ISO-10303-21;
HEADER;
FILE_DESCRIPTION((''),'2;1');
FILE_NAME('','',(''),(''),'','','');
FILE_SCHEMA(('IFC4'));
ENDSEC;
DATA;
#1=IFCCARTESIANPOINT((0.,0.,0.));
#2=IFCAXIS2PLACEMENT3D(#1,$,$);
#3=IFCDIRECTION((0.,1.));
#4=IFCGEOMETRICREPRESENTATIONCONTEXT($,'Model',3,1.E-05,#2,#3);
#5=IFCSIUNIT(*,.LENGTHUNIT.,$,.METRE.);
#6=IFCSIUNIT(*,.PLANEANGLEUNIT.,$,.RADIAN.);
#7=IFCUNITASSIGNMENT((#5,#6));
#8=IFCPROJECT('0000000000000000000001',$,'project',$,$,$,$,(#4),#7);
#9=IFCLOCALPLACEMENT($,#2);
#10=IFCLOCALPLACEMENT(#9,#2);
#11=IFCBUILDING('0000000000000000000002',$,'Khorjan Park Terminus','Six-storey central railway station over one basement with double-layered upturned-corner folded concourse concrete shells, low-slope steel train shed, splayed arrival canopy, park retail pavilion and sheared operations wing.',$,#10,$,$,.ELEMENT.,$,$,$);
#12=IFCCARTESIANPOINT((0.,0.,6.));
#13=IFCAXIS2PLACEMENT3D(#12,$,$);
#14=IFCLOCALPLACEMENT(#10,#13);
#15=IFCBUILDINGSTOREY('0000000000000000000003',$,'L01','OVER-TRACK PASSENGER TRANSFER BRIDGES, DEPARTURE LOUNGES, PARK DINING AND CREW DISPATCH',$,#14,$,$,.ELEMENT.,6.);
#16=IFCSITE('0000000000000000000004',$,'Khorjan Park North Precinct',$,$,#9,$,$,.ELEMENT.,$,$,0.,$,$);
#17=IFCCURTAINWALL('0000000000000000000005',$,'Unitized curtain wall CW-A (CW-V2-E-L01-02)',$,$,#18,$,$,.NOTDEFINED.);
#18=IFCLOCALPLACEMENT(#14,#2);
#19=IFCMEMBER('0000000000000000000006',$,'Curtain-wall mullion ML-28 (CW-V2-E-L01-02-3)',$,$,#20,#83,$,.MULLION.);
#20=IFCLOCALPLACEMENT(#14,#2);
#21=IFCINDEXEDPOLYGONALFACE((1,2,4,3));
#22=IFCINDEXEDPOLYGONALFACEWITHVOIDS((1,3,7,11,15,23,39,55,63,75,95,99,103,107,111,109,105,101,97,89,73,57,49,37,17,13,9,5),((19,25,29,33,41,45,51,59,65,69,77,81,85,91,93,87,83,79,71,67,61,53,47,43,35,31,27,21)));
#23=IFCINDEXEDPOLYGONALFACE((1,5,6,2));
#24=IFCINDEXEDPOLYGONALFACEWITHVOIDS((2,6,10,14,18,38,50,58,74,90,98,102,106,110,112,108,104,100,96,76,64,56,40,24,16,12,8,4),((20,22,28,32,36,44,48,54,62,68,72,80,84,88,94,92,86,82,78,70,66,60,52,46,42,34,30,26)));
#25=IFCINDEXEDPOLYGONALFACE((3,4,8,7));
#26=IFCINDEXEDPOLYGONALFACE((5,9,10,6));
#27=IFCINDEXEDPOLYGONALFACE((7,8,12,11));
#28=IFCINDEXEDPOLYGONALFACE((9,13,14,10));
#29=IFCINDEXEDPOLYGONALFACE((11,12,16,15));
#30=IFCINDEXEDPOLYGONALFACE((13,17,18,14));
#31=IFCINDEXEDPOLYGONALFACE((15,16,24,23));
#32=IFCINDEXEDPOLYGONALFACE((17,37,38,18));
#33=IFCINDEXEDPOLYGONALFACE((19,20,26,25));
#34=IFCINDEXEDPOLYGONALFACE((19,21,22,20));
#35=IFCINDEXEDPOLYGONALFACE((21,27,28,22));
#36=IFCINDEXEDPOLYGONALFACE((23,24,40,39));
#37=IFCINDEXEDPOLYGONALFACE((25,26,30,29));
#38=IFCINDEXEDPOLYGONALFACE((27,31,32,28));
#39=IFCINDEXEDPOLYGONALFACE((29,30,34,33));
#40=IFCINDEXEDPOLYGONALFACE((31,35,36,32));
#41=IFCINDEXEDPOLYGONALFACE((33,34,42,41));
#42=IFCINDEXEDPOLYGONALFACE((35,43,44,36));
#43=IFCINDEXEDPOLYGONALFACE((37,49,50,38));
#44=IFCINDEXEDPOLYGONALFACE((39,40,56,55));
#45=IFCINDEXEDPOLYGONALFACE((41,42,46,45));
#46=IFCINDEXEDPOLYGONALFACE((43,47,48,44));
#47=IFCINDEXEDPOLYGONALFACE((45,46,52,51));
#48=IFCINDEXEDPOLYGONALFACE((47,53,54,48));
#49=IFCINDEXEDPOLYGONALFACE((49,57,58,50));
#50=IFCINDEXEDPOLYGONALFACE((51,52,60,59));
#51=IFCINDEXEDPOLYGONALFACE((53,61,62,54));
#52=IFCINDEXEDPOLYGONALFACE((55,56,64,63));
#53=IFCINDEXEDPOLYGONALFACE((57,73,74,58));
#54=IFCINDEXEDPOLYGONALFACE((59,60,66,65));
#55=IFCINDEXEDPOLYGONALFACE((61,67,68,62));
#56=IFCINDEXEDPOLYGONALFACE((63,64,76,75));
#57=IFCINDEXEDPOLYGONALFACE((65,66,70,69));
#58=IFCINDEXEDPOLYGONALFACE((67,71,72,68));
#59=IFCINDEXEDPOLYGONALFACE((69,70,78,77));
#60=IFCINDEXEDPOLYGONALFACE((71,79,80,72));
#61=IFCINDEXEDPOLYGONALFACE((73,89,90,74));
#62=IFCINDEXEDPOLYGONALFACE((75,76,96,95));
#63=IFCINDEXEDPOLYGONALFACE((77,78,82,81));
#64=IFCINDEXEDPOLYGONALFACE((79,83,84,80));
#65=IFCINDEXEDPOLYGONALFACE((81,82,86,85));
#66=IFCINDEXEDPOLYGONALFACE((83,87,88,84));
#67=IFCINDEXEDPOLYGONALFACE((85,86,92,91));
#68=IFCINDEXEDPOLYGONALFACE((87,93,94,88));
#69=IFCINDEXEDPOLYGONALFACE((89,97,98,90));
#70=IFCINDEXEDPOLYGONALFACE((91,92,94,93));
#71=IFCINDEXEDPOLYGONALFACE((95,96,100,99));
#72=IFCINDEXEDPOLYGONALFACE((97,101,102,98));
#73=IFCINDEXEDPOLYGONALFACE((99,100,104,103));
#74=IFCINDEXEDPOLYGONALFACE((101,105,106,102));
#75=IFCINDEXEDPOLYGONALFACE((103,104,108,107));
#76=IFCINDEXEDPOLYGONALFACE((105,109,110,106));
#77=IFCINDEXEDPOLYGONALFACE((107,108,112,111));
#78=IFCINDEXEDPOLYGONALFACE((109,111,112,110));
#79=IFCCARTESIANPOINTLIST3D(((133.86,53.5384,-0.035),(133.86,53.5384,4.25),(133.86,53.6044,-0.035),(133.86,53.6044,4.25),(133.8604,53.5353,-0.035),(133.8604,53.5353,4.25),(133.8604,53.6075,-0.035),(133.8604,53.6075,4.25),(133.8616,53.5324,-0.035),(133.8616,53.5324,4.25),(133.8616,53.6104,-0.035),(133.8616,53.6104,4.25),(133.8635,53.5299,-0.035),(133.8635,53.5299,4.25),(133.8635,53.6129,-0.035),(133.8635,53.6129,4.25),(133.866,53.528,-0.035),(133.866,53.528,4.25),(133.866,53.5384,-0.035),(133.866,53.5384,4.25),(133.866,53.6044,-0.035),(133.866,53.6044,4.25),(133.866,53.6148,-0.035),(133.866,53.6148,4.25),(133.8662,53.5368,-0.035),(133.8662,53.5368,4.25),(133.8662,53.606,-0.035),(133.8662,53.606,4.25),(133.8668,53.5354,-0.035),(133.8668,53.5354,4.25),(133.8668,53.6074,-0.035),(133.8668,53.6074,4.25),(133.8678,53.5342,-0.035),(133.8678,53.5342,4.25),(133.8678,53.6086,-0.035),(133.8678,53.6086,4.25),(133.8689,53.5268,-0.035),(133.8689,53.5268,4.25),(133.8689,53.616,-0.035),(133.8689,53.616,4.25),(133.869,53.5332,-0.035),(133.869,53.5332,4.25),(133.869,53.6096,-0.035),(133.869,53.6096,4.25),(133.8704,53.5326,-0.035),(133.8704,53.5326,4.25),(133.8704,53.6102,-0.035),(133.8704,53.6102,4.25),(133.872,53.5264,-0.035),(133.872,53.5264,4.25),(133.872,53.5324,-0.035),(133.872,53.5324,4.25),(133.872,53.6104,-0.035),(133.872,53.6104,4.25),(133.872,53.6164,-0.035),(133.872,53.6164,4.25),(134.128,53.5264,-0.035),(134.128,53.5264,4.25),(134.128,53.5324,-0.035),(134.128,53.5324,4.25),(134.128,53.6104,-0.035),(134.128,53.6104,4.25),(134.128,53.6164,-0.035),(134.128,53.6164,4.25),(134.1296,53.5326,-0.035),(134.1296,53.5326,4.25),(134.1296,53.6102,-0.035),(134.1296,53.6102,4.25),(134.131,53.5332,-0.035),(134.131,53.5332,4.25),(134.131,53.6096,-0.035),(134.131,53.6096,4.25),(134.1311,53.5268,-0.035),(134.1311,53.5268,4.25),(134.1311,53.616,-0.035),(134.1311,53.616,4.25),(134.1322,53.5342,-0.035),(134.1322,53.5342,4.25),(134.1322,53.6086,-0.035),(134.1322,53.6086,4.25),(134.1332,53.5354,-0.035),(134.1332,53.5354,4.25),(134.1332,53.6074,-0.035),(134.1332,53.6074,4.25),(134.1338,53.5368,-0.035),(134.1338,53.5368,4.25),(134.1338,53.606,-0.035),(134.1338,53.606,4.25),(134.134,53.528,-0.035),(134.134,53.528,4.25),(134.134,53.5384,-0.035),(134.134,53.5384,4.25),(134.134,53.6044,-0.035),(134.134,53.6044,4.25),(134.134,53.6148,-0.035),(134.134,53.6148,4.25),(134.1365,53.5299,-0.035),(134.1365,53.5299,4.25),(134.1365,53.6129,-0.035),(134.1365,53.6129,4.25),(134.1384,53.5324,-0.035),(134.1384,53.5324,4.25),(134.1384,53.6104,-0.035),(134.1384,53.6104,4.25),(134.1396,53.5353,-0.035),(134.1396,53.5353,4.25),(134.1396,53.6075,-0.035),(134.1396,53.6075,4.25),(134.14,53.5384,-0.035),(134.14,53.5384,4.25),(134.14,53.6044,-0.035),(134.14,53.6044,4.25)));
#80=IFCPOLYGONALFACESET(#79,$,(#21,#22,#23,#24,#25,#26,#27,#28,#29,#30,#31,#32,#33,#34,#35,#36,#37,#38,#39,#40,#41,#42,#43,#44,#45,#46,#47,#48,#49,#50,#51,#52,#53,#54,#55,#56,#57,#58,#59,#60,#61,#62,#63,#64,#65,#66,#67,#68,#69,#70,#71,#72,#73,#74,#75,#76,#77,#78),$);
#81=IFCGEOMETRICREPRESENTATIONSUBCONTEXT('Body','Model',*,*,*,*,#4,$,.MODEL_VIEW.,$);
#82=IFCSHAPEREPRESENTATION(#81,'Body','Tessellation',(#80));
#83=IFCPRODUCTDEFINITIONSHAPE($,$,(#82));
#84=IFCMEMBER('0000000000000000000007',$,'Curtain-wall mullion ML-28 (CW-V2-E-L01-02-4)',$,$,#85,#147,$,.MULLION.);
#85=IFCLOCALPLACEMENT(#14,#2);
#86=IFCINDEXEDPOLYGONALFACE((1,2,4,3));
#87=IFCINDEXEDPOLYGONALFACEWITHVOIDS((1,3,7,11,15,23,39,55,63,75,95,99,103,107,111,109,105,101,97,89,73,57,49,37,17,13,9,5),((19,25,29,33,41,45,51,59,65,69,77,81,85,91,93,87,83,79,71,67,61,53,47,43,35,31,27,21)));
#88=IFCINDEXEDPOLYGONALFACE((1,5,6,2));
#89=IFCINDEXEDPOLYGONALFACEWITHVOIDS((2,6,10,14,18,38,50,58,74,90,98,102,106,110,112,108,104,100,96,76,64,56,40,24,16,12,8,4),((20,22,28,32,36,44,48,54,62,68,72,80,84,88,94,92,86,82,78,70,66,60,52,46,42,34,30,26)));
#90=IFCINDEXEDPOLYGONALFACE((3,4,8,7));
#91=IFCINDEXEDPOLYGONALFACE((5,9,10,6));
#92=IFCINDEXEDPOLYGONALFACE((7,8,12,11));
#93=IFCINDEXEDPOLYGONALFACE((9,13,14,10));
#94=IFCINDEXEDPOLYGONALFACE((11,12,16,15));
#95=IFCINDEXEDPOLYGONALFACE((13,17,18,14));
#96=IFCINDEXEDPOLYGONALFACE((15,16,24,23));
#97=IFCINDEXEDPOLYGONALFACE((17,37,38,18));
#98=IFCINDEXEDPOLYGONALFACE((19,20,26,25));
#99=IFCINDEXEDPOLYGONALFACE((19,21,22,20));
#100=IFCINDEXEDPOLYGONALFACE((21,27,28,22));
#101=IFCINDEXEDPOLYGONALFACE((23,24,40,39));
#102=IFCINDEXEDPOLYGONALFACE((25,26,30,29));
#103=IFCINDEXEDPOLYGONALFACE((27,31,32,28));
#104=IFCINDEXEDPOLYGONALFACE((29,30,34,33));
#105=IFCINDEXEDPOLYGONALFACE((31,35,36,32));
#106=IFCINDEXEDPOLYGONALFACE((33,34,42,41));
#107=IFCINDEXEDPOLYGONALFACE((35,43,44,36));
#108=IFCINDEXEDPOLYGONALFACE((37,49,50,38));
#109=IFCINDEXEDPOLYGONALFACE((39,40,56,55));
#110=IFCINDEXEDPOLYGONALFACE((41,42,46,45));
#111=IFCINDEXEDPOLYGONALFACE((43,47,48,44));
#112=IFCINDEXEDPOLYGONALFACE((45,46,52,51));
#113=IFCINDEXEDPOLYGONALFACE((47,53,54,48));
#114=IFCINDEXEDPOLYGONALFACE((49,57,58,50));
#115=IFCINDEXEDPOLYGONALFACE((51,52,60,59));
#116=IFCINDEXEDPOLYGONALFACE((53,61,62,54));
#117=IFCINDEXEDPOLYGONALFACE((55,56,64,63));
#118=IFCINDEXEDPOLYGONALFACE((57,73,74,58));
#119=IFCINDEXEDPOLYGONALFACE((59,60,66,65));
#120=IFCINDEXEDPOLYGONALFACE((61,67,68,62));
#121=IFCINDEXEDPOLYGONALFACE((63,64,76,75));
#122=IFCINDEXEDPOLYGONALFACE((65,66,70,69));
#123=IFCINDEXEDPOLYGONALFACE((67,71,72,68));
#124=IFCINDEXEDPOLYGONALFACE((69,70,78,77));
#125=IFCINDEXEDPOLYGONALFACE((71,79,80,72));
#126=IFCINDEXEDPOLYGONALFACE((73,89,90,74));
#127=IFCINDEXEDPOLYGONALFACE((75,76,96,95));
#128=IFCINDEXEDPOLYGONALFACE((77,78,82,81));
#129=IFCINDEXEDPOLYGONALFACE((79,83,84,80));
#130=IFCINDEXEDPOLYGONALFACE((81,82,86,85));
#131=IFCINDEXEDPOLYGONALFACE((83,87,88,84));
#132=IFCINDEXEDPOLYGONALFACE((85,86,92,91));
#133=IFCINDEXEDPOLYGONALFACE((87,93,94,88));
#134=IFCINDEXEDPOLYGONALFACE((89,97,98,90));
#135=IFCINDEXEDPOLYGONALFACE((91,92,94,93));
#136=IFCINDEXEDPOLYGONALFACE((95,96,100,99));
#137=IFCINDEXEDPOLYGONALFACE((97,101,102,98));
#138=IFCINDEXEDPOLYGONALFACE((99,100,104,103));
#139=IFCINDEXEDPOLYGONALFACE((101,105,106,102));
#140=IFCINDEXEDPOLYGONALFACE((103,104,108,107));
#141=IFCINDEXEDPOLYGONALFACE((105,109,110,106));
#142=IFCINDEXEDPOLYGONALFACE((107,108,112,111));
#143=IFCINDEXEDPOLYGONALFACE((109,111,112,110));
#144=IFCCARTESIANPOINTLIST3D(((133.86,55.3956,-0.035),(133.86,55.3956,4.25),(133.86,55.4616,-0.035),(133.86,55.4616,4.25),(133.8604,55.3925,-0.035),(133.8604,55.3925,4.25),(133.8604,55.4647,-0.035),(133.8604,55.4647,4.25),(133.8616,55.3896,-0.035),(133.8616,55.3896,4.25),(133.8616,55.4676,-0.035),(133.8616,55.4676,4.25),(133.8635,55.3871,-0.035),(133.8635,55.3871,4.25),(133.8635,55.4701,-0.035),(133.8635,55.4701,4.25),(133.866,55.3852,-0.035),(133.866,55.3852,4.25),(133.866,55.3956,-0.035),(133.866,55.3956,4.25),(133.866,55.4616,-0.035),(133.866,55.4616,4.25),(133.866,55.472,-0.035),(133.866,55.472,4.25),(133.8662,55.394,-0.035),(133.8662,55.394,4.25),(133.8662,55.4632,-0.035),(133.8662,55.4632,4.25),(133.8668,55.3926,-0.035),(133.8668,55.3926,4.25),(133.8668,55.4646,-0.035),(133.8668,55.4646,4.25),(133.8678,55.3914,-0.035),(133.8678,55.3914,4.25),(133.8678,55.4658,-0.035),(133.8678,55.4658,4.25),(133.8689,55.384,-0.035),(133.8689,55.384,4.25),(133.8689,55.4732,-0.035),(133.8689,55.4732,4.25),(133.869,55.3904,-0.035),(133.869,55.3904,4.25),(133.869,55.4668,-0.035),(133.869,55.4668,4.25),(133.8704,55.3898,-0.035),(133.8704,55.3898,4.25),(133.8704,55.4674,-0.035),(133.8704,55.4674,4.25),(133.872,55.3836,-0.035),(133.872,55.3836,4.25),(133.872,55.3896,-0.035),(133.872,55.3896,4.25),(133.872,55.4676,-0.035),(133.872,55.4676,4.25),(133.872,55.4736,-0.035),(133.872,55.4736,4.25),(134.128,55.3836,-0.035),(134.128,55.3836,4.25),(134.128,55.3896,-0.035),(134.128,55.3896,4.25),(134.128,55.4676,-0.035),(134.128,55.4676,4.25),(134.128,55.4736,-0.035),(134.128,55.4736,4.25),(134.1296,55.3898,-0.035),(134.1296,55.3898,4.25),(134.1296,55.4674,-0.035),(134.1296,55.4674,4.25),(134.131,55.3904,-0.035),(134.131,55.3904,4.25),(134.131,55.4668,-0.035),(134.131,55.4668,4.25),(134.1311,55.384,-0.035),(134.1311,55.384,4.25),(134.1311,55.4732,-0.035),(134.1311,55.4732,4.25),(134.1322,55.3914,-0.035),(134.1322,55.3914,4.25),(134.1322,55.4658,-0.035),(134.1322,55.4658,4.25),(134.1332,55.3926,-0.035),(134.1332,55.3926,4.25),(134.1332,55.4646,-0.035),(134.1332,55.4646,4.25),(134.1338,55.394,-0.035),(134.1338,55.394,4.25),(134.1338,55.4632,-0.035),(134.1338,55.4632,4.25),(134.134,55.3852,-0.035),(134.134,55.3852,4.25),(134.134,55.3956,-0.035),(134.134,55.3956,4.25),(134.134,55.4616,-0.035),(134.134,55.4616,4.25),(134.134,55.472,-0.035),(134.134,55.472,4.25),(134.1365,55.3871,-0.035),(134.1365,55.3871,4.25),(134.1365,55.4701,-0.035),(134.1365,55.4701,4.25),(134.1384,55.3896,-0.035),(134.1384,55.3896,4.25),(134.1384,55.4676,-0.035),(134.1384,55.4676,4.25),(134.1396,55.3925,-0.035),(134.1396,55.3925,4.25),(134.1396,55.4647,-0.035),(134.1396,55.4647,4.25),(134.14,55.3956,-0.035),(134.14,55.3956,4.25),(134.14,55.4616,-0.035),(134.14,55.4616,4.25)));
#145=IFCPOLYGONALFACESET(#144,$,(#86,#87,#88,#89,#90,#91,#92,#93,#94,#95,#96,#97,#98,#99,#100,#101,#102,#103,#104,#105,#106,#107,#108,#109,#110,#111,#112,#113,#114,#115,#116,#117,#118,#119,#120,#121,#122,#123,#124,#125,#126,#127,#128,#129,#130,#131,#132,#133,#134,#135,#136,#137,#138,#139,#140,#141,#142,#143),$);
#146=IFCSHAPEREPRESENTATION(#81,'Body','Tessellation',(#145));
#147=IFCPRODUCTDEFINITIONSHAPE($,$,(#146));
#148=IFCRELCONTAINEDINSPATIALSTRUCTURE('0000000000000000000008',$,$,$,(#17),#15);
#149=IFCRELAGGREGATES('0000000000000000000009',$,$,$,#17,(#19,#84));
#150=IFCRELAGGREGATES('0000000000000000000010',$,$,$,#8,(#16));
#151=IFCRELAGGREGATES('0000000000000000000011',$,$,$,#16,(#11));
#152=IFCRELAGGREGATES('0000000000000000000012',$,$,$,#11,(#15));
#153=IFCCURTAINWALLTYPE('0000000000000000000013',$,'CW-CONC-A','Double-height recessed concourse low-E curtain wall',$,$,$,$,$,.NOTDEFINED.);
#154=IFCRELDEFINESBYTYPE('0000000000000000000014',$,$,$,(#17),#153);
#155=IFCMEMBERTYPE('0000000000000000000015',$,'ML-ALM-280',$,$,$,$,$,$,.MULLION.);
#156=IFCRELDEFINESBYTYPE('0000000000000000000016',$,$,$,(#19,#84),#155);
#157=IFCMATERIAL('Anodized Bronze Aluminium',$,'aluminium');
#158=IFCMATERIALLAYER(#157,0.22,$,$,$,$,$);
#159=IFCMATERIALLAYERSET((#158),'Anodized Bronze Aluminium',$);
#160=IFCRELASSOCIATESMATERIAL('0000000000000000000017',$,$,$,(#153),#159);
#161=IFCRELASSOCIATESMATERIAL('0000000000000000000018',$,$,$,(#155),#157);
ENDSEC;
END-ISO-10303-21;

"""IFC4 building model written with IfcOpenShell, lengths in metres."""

from ifc_helpers import new_model, si_unit, direction, frame, origin, origin_2d, place, context, subcontext, project, spatial, hollow_rectangle, extrude, material, layer, layer_set, material_profile, profile_set, type_object, element, aggregate, save


model = new_model("IFC4")

# Units and contexts
model_context = context("Model", 3, precision=1e-05, world=origin(), true_north=direction((0.0, 1.0)))
body_context = subcontext(model_context, "Body", "Model", "MODEL_VIEW")
ifc_project = project(units=[si_unit("LENGTHUNIT", "METRE"), si_unit("PLANEANGLEUNIT", "RADIAN")], contexts=[model_context])

# Site, building, storey
site_placement = place(None, origin())
site = spatial("IfcSite", under=ifc_project, at=site_placement, Name="Khorjan Park North Precinct", CompositionType="ELEMENT", RefElevation=0.0)
building_placement = place(site_placement, origin())
building = spatial("IfcBuilding", under=site, at=building_placement, Name="Khorjan Park Terminus", Description="Six-storey central railway station over one basement with double-layered upturned-corner folded concourse concrete shells, low-slope steel train shed, splayed arrival canopy, park retail pavilion and sheared operations wing.", CompositionType="ELEMENT")
storey_placement = place(building_placement, frame((0.0, 0.0, 6.0)))
storey = spatial("IfcBuildingStorey", under=building, at=storey_placement, Name="L01", Description="OVER-TRACK PASSENGER TRANSFER BRIDGES, DEPARTURE LOUNGES, PARK DINING AND CREW DISPATCH", CompositionType="ELEMENT", Elevation=6.0)

# Curtain wall, members
ifc_material_1 = material(Name="Anodized Bronze Aluminium", Category="aluminium")
ifc_layer_1 = layer(ifc_material_1, 0.22)
ifc_layer_set_1 = layer_set([ifc_layer_1], Name="Anodized Bronze Aluminium")
curtain_wall_type = type_object("IfcCurtainWallType", Name="CW-CONC-A", Description="Double-height recessed concourse low-E curtain wall", PredefinedType="NOTDEFINED", material=ifc_layer_set_1)
curtain_wall_placement = place(storey_placement, origin())
curtain_wall = element("IfcCurtainWall", 1, at=curtain_wall_placement, inside=storey, type_object=curtain_wall_type, Name="Unitized curtain wall CW-A (CW-V2-E-L01-02)", PredefinedType="NOTDEFINED")
ifc_material_profile_1 = material_profile(ifc_material_1, hollow_rectangle(XDim=0.09, YDim=0.28, WallThickness=0.006, InnerFilletRadius=0.006, OuterFilletRadius=0.012, at=origin_2d()), Name="ALM 90x280x6")
ifc_profile_set_1 = profile_set([ifc_material_profile_1], Name="Anodized Bronze Aluminium")
member_type_1 = type_object("IfcMemberType", Name="ML-ALM-280", PredefinedType="MULLION", material=ifc_profile_set_1)
member_1_placement = place(storey_placement, frame((134.0, 53.5714, -0.035), z_axis=(0.0, 0.0, 1.0), x_axis=(0.0, 1.0, 0.0)))
member_1 = element("IfcMember", 2, at=member_1_placement, type_object=member_type_1, Name="Curtain-wall mullion ML-28 (CW-V2-E-L01-02-3)", PredefinedType="MULLION", context=body_context, shape_type="SweptSolid", body=[
    extrude(hollow_rectangle(XDim=0.09, YDim=0.28, WallThickness=0.006, InnerFilletRadius=0.006, OuterFilletRadius=0.012, at=origin_2d()), origin(), (0.0, 0.0, 1.0), 4.285),
])
member_2_placement = place(storey_placement, frame((134.0, 55.4286, -0.035), z_axis=(0.0, 0.0, 1.0), x_axis=(0.0, 1.0, 0.0)))
member_2 = element("IfcMember", 3, at=member_2_placement, type_object=member_type_1, Name="Curtain-wall mullion ML-28 (CW-V2-E-L01-02-4)", PredefinedType="MULLION", context=body_context, shape_type="SweptSolid", body=[
    extrude(hollow_rectangle(XDim=0.09, YDim=0.28, WallThickness=0.006, InnerFilletRadius=0.006, OuterFilletRadius=0.012, at=origin_2d()), origin(), (0.0, 0.0, 1.0), 4.285),
])
aggregate(curtain_wall, [member_1, member_2])

save(model, "model.ifc")
